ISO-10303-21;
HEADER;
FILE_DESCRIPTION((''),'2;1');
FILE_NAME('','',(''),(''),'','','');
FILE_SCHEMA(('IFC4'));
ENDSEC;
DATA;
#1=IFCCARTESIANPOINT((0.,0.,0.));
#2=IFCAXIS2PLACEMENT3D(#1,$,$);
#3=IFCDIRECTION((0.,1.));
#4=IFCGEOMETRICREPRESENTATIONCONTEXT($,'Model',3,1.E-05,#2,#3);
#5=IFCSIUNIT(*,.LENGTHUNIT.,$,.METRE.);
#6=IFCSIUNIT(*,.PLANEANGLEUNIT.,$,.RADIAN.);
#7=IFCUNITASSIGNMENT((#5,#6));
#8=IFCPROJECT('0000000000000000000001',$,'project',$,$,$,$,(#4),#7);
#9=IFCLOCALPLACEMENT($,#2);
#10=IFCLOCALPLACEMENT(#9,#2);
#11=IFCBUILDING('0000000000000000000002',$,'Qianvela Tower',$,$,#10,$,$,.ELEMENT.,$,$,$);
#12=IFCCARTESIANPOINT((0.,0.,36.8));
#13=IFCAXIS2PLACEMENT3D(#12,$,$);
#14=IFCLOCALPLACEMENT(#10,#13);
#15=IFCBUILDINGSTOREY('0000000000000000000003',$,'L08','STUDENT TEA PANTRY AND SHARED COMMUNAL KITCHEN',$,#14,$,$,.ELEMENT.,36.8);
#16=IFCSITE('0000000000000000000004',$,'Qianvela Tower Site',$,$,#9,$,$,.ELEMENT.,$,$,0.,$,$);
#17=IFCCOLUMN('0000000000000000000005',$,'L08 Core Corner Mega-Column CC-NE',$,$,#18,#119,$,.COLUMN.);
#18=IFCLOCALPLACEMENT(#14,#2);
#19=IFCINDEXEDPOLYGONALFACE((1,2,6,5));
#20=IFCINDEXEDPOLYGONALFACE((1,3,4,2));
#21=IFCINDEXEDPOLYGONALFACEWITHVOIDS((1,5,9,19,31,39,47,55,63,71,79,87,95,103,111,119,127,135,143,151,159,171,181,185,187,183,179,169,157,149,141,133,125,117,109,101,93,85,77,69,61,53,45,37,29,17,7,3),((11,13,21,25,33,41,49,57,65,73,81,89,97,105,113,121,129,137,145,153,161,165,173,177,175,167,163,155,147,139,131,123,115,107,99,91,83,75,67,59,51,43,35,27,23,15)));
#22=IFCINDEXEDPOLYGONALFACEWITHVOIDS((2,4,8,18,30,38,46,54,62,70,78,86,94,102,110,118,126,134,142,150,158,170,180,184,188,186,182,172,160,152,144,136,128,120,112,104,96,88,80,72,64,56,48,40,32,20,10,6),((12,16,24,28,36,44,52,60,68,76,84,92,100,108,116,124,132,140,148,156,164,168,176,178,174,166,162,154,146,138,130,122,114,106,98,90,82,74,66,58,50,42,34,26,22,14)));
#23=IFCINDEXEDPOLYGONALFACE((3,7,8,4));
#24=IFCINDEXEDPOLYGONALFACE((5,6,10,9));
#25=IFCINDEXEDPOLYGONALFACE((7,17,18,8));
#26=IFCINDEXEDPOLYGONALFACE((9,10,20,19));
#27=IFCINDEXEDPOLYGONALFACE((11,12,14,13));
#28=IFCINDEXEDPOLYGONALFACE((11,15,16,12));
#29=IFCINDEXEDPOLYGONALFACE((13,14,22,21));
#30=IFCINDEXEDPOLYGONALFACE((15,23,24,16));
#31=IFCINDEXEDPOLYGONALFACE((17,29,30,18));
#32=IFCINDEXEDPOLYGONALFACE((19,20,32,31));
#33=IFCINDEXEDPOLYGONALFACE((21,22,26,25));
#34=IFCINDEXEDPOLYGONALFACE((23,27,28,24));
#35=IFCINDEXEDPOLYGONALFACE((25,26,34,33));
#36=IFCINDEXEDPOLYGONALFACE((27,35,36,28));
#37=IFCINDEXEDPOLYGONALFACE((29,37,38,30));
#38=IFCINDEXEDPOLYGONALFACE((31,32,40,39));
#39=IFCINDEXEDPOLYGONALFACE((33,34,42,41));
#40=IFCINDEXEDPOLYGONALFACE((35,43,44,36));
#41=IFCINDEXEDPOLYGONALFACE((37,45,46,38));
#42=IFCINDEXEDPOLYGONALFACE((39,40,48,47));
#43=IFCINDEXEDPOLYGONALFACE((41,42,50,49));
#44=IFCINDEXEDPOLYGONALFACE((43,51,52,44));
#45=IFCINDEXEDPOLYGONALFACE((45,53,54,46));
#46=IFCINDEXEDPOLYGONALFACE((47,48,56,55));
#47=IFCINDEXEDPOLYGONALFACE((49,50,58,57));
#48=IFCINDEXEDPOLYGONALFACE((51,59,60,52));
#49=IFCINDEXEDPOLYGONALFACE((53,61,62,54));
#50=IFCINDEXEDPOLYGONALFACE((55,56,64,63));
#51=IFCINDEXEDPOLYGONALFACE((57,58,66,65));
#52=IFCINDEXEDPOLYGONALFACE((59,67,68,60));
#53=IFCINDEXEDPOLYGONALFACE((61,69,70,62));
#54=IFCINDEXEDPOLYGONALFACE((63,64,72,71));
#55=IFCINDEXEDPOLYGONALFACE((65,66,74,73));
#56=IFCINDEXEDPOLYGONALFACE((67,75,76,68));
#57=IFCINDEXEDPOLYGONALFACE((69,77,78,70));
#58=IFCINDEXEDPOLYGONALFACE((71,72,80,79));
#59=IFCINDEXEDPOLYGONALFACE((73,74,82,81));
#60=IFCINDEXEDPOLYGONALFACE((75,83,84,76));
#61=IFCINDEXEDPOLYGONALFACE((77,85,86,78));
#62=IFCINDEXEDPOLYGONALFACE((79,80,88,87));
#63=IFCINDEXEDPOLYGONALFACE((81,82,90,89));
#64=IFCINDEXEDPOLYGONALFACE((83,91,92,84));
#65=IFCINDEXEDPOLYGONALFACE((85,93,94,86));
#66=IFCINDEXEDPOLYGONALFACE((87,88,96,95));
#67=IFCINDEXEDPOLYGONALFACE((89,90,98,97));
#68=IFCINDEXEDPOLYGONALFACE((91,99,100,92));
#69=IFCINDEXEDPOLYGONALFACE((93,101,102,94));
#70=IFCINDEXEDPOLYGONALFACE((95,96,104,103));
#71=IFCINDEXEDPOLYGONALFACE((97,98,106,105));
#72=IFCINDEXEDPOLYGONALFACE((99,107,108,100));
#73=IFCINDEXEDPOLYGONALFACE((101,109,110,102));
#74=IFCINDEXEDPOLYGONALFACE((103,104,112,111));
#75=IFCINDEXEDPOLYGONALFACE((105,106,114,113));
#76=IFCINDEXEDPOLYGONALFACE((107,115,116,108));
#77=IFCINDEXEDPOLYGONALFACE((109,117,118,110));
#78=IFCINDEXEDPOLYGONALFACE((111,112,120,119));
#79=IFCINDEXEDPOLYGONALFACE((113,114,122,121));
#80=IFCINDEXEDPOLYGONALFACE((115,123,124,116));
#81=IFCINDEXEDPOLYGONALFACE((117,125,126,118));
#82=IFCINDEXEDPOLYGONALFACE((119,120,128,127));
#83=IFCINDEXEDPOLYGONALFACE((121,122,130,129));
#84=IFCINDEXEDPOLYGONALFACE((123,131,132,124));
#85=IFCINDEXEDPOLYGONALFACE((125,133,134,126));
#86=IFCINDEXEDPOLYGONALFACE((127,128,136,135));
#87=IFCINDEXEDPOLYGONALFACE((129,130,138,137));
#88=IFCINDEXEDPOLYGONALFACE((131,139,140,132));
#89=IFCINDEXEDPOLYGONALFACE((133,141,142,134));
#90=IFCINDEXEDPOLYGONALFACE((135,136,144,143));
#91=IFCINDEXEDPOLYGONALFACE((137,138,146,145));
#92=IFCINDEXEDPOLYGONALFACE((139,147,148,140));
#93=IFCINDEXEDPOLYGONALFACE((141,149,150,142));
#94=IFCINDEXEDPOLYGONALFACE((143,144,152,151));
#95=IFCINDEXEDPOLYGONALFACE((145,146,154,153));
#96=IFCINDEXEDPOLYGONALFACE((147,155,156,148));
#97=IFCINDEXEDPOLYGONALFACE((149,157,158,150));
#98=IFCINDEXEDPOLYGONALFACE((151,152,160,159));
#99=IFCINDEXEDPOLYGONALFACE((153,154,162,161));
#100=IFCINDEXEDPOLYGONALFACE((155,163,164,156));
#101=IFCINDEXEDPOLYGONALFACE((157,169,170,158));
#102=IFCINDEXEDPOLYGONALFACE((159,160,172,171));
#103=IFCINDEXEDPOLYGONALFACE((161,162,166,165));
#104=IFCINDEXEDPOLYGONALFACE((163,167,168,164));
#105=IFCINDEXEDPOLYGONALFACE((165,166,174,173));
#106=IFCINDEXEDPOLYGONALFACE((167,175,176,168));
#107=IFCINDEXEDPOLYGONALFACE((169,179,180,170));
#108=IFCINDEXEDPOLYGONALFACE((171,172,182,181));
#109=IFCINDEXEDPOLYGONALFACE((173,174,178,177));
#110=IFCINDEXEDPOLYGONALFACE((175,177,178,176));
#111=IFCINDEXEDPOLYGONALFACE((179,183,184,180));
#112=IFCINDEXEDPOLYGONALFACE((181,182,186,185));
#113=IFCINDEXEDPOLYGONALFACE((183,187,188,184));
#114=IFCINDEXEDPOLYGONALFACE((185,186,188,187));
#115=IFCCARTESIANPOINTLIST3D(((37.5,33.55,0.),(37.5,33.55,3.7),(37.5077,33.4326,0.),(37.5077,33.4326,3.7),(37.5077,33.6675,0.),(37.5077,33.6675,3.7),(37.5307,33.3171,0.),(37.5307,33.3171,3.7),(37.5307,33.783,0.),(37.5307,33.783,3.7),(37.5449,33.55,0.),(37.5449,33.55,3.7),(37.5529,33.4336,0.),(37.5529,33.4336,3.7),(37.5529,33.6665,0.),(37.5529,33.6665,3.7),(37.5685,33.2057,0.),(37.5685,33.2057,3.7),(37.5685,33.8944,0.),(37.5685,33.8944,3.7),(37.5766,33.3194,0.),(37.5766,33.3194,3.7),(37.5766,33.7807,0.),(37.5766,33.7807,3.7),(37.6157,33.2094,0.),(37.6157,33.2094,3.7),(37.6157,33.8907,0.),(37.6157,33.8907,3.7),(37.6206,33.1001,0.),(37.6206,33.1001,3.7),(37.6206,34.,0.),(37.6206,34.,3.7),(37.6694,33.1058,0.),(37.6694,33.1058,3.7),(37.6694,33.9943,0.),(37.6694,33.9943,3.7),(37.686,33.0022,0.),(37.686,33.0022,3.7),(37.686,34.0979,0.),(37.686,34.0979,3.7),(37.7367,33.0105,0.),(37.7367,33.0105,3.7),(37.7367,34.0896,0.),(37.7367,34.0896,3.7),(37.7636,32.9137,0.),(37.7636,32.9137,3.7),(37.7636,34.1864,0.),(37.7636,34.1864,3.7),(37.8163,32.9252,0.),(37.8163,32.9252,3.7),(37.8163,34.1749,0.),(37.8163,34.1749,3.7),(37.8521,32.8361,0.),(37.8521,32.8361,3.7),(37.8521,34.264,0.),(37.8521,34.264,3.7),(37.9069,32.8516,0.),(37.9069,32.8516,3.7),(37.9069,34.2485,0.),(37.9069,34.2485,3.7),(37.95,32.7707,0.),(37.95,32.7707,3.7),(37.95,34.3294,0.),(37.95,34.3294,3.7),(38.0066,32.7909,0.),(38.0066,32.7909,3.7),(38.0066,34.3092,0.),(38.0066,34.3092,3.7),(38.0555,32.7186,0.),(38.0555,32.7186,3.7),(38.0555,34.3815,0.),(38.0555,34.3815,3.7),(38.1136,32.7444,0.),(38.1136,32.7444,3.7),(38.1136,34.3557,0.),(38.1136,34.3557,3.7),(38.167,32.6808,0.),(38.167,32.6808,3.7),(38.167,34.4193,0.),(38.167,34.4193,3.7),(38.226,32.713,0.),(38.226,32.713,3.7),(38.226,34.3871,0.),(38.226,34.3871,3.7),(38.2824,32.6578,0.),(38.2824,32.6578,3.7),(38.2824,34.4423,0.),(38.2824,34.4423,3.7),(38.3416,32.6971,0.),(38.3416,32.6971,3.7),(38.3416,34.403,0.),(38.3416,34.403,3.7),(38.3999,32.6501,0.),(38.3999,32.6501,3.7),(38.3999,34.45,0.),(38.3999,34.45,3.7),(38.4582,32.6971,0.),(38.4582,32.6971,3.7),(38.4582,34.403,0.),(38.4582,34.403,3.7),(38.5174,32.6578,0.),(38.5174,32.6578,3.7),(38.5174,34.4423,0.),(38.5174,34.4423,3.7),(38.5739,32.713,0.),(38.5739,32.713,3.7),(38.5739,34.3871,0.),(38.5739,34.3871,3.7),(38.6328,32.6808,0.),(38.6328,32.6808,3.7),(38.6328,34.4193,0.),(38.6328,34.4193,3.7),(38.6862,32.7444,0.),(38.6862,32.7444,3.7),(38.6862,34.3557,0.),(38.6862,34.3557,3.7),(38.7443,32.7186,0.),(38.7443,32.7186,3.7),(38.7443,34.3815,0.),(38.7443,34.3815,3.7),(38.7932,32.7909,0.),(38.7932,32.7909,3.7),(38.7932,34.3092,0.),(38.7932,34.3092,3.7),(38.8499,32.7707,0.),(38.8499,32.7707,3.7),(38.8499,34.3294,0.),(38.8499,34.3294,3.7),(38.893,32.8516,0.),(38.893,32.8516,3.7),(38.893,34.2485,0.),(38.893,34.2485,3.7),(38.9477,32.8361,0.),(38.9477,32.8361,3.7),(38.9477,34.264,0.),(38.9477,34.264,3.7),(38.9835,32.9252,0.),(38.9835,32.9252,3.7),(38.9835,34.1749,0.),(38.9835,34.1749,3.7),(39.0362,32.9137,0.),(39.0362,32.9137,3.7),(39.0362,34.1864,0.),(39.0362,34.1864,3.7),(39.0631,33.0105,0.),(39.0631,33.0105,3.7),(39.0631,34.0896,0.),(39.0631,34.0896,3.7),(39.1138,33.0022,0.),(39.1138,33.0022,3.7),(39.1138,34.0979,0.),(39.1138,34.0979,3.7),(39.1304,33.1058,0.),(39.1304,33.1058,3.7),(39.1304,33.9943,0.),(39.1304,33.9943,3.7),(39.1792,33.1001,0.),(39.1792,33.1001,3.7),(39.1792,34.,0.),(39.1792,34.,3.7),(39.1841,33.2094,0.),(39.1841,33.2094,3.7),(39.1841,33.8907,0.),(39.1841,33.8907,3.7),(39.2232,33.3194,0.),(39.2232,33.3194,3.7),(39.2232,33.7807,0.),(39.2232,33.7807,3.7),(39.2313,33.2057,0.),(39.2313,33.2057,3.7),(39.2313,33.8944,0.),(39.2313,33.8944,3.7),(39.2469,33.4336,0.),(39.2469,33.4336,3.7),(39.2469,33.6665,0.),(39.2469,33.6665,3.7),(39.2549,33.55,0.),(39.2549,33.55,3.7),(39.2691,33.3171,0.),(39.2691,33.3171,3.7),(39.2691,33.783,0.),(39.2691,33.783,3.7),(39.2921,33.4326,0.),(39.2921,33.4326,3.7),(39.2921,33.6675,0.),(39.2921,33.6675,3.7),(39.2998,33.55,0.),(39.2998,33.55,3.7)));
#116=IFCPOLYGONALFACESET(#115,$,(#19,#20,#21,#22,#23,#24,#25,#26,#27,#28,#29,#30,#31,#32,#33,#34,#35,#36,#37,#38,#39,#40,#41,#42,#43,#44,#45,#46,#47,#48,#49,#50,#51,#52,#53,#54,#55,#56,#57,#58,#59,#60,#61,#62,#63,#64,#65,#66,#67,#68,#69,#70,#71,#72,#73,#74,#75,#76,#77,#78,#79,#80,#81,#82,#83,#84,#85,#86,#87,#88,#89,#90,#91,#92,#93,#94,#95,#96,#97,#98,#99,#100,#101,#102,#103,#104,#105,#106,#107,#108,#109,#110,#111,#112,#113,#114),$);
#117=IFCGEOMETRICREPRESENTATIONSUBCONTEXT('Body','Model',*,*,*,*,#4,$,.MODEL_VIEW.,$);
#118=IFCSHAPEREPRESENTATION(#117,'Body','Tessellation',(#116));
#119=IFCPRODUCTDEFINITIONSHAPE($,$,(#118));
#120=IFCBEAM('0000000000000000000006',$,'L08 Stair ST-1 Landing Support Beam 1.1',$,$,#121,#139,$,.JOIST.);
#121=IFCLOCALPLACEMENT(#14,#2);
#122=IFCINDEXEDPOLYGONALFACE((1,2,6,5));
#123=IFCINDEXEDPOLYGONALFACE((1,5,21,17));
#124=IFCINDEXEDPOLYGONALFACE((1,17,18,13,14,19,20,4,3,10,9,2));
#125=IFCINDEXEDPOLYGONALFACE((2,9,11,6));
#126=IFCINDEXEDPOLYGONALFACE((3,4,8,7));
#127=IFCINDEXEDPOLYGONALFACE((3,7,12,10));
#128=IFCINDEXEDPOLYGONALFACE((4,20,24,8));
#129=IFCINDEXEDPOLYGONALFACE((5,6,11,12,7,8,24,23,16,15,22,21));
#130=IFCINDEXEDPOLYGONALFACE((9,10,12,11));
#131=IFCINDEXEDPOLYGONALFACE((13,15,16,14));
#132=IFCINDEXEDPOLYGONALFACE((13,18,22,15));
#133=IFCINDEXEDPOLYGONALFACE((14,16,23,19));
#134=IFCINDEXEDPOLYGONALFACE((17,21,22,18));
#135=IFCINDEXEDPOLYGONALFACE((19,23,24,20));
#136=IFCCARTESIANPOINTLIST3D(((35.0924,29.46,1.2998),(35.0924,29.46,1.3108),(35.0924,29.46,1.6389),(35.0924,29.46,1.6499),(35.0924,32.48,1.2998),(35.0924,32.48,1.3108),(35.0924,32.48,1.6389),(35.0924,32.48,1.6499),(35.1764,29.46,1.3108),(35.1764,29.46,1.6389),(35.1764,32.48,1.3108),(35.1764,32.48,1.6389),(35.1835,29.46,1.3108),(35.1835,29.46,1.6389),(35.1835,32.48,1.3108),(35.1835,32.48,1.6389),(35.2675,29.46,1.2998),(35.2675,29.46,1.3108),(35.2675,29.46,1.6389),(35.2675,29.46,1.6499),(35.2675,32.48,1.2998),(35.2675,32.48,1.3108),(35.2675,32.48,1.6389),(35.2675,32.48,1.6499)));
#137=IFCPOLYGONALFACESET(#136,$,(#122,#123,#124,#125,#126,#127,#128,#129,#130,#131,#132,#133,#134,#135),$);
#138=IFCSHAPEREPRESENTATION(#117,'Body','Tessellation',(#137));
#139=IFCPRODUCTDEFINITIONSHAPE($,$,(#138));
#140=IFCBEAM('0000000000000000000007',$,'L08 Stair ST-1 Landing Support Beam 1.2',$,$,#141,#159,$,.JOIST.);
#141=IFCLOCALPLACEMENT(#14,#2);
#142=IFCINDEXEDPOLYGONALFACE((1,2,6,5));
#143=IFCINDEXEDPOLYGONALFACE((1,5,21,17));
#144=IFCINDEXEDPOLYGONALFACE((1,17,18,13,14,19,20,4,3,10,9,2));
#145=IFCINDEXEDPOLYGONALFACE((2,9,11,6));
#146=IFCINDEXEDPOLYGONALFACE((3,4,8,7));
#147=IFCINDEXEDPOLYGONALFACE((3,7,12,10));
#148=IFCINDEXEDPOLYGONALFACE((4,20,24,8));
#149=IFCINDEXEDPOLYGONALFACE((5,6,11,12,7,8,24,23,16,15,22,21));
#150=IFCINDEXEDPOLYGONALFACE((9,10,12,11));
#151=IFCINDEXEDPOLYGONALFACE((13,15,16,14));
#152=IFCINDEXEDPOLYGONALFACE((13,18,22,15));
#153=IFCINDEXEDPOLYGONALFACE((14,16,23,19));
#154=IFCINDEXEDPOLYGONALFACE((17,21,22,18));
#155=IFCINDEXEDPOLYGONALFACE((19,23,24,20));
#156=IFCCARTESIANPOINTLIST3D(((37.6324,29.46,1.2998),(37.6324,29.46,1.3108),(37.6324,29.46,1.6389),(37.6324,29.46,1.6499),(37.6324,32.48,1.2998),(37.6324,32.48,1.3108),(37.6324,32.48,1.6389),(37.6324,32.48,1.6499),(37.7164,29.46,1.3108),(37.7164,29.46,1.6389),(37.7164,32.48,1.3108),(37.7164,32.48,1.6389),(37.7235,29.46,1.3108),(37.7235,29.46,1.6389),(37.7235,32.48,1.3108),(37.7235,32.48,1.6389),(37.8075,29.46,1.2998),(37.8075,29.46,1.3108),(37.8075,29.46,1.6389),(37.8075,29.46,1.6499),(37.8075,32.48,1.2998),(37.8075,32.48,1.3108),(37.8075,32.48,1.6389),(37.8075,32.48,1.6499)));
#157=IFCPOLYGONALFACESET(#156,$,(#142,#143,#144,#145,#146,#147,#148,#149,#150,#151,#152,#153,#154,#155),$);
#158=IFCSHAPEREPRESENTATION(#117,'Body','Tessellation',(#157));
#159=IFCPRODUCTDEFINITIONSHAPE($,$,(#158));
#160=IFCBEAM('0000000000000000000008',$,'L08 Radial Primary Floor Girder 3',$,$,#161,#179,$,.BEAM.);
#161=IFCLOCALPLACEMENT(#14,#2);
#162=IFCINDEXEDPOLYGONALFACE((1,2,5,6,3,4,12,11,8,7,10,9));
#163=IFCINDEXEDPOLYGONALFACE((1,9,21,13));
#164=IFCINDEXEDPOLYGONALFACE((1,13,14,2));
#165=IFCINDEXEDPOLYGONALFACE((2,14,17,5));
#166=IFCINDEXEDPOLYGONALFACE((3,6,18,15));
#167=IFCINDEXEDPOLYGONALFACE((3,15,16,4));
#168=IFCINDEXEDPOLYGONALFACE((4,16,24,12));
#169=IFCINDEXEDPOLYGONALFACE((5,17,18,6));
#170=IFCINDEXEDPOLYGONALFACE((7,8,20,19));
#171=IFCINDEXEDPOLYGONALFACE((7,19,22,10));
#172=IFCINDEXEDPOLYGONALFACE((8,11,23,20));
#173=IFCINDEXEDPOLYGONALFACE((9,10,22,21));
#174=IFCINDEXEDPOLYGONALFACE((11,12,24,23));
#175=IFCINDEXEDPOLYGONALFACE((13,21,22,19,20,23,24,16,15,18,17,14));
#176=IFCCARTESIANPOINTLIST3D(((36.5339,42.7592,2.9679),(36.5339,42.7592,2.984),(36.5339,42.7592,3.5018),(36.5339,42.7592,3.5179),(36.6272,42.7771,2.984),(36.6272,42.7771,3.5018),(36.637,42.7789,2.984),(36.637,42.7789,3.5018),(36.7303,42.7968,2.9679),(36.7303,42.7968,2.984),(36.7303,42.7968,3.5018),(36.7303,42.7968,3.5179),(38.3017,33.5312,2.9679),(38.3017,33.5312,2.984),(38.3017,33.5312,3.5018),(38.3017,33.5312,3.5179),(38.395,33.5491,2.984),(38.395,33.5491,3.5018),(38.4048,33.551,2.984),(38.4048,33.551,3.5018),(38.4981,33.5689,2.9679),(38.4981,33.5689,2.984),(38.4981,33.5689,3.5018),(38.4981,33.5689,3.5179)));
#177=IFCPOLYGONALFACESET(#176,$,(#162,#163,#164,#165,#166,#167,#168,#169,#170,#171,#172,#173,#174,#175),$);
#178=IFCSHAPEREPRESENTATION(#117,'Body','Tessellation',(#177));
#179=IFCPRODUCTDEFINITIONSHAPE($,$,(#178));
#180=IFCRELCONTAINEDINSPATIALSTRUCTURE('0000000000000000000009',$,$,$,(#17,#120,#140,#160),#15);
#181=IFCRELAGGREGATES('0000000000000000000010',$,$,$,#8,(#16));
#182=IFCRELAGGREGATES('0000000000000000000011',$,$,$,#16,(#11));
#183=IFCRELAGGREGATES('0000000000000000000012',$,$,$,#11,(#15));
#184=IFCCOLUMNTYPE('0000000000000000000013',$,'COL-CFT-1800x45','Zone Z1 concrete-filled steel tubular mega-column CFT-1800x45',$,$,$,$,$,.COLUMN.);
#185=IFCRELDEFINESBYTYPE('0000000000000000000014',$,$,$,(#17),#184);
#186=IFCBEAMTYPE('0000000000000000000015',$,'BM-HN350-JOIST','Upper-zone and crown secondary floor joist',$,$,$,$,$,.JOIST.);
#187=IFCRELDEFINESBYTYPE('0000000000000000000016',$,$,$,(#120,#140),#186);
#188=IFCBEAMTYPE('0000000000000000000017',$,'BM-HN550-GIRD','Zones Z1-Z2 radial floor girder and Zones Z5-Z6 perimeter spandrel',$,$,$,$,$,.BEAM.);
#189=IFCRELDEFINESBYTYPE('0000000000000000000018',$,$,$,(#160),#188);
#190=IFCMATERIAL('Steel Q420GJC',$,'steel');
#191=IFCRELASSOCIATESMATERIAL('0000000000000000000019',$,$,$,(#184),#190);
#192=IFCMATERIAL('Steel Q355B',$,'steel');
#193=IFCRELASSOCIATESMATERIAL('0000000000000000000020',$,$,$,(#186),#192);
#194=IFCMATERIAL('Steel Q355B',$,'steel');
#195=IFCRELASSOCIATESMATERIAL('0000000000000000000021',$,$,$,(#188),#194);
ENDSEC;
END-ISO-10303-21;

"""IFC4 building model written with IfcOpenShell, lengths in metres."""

from ifc_helpers import new_model, si_unit, direction, frame, origin, origin_2d, place, context, subcontext, project, spatial, hollow_circle, i_section, extrude, material, material_profile, profile_set, type_object, element, save


model = new_model("IFC4")

# Units and contexts
model_context = context("Model", 3, precision=1e-05, world=origin(), true_north=direction((0.0, 1.0)))
body_context = subcontext(model_context, "Body", "Model", "MODEL_VIEW")
ifc_project = project(units=[si_unit("LENGTHUNIT", "METRE"), si_unit("PLANEANGLEUNIT", "RADIAN")], contexts=[model_context])

# Site, building, storey
site_placement = place(None, origin())
site = spatial("IfcSite", under=ifc_project, at=site_placement, Name="Qianvela Tower Site", CompositionType="ELEMENT", RefElevation=0.0)
building_placement = place(site_placement, origin())
building = spatial("IfcBuilding", under=site, at=building_placement, Name="Qianvela Tower", CompositionType="ELEMENT")
storey_placement = place(building_placement, frame((0.0, 0.0, 36.8)))
storey = spatial("IfcBuildingStorey", under=building, at=storey_placement, Name="L08", Description="STUDENT TEA PANTRY AND SHARED COMMUNAL KITCHEN", CompositionType="ELEMENT", Elevation=36.8)

# Column
ifc_material_1 = material(Name="Steel Q420GJC", Category="steel")
ifc_material_profile_1 = material_profile(ifc_material_1, hollow_circle(Radius=0.8999, WallThickness=0.0449, at=origin_2d()), Name="CFT-1800x45")
ifc_profile_set_1 = profile_set([ifc_material_profile_1], Name="Steel Q420GJC")
column_type = type_object("IfcColumnType", Name="COL-CFT-1800x45", Description="Zone Z1 concrete-filled steel tubular mega-column CFT-1800x45", PredefinedType="COLUMN", material=ifc_profile_set_1)
column_placement = place(storey_placement, frame((38.3999, 33.55, 0.0), z_axis=(0.0, 0.0, 1.0), x_axis=(1.0, 0.0, 0.0)))
element("IfcColumn", 1, at=column_placement, inside=storey, type_object=column_type, Name="L08 Core Corner Mega-Column CC-NE", PredefinedType="COLUMN", context=body_context, shape_type="SweptSolid", body=[
    extrude(hollow_circle(Radius=0.8999, WallThickness=0.0449, at=origin_2d()), origin(), (0.0, 0.0, 1.0), 3.7),
])

# Beams
ifc_material_2 = material(Name="Steel Q355B", Category="steel")
ifc_material_profile_2 = material_profile(ifc_material_2, i_section(OverallWidth=0.175, OverallDepth=0.3501, WebThickness=0.0071, FlangeThickness=0.011, at=origin_2d()), Name="HN350x175x7x11")
ifc_profile_set_2 = profile_set([ifc_material_profile_2], Name="Steel Q355B")
beam_type_1 = type_object("IfcBeamType", Name="BM-HN350-JOIST", Description="Upper-zone and crown secondary floor joist", PredefinedType="JOIST", material=ifc_profile_set_2)
for number, where, z_axis, x_axis, name in (
    (2, (35.1799, 29.46, 1.4749), (0.0, 1.0, 0.0), (-1.0, 0.0, 0.0), "L08 Stair ST-1 Landing Support Beam 1.1"),
    (3, (37.72, 29.46, 1.4749), (0.0, 1.0, 0.0), (-1.0, 0.0, 0.0), "L08 Stair ST-1 Landing Support Beam 1.2"),
):
    element("IfcBeam", number, at=place(storey_placement, frame(where, z_axis=z_axis, x_axis=x_axis)), inside=storey, type_object=beam_type_1, Name=name, PredefinedType="JOIST", context=body_context, shape_type="SweptSolid", body=[
        extrude(i_section(OverallWidth=0.175, OverallDepth=0.3501, WebThickness=0.0071, FlangeThickness=0.011, at=origin_2d()), origin(), (0.0, 0.0, 1.0), 3.02),
    ])
ifc_material_3 = material(Name="Steel Q355B", Category="steel")
ifc_material_profile_3 = material_profile(ifc_material_3, i_section(OverallWidth=0.2, OverallDepth=0.55, WebThickness=0.01, FlangeThickness=0.0161, at=origin_2d()), Name="HN550x200x10x16")
ifc_profile_set_3 = profile_set([ifc_material_profile_3], Name="Steel Q355B")
beam_type_2 = type_object("IfcBeamType", Name="BM-HN550-GIRD", Description="Zones Z1-Z2 radial floor girder and Zones Z5-Z6 perimeter spandrel", PredefinedType="BEAM", material=ifc_profile_set_3)
beam_placement = place(storey_placement, frame((38.3999, 33.55, 3.2429), z_axis=(-0.18815, 0.98214, 0.0), x_axis=(-0.98214, -0.18815, 0.0)))
element("IfcBeam", 4, at=beam_placement, inside=storey, type_object=beam_type_2, Name="L08 Radial Primary Floor Girder 3", PredefinedType="BEAM", context=body_context, shape_type="SweptSolid", body=[
    extrude(i_section(OverallWidth=0.2, OverallDepth=0.55, WebThickness=0.01, FlangeThickness=0.0161, at=origin_2d()), origin(), (0.0, 0.0, 1.0), 9.3958),
])

save(model, "model.ifc")
